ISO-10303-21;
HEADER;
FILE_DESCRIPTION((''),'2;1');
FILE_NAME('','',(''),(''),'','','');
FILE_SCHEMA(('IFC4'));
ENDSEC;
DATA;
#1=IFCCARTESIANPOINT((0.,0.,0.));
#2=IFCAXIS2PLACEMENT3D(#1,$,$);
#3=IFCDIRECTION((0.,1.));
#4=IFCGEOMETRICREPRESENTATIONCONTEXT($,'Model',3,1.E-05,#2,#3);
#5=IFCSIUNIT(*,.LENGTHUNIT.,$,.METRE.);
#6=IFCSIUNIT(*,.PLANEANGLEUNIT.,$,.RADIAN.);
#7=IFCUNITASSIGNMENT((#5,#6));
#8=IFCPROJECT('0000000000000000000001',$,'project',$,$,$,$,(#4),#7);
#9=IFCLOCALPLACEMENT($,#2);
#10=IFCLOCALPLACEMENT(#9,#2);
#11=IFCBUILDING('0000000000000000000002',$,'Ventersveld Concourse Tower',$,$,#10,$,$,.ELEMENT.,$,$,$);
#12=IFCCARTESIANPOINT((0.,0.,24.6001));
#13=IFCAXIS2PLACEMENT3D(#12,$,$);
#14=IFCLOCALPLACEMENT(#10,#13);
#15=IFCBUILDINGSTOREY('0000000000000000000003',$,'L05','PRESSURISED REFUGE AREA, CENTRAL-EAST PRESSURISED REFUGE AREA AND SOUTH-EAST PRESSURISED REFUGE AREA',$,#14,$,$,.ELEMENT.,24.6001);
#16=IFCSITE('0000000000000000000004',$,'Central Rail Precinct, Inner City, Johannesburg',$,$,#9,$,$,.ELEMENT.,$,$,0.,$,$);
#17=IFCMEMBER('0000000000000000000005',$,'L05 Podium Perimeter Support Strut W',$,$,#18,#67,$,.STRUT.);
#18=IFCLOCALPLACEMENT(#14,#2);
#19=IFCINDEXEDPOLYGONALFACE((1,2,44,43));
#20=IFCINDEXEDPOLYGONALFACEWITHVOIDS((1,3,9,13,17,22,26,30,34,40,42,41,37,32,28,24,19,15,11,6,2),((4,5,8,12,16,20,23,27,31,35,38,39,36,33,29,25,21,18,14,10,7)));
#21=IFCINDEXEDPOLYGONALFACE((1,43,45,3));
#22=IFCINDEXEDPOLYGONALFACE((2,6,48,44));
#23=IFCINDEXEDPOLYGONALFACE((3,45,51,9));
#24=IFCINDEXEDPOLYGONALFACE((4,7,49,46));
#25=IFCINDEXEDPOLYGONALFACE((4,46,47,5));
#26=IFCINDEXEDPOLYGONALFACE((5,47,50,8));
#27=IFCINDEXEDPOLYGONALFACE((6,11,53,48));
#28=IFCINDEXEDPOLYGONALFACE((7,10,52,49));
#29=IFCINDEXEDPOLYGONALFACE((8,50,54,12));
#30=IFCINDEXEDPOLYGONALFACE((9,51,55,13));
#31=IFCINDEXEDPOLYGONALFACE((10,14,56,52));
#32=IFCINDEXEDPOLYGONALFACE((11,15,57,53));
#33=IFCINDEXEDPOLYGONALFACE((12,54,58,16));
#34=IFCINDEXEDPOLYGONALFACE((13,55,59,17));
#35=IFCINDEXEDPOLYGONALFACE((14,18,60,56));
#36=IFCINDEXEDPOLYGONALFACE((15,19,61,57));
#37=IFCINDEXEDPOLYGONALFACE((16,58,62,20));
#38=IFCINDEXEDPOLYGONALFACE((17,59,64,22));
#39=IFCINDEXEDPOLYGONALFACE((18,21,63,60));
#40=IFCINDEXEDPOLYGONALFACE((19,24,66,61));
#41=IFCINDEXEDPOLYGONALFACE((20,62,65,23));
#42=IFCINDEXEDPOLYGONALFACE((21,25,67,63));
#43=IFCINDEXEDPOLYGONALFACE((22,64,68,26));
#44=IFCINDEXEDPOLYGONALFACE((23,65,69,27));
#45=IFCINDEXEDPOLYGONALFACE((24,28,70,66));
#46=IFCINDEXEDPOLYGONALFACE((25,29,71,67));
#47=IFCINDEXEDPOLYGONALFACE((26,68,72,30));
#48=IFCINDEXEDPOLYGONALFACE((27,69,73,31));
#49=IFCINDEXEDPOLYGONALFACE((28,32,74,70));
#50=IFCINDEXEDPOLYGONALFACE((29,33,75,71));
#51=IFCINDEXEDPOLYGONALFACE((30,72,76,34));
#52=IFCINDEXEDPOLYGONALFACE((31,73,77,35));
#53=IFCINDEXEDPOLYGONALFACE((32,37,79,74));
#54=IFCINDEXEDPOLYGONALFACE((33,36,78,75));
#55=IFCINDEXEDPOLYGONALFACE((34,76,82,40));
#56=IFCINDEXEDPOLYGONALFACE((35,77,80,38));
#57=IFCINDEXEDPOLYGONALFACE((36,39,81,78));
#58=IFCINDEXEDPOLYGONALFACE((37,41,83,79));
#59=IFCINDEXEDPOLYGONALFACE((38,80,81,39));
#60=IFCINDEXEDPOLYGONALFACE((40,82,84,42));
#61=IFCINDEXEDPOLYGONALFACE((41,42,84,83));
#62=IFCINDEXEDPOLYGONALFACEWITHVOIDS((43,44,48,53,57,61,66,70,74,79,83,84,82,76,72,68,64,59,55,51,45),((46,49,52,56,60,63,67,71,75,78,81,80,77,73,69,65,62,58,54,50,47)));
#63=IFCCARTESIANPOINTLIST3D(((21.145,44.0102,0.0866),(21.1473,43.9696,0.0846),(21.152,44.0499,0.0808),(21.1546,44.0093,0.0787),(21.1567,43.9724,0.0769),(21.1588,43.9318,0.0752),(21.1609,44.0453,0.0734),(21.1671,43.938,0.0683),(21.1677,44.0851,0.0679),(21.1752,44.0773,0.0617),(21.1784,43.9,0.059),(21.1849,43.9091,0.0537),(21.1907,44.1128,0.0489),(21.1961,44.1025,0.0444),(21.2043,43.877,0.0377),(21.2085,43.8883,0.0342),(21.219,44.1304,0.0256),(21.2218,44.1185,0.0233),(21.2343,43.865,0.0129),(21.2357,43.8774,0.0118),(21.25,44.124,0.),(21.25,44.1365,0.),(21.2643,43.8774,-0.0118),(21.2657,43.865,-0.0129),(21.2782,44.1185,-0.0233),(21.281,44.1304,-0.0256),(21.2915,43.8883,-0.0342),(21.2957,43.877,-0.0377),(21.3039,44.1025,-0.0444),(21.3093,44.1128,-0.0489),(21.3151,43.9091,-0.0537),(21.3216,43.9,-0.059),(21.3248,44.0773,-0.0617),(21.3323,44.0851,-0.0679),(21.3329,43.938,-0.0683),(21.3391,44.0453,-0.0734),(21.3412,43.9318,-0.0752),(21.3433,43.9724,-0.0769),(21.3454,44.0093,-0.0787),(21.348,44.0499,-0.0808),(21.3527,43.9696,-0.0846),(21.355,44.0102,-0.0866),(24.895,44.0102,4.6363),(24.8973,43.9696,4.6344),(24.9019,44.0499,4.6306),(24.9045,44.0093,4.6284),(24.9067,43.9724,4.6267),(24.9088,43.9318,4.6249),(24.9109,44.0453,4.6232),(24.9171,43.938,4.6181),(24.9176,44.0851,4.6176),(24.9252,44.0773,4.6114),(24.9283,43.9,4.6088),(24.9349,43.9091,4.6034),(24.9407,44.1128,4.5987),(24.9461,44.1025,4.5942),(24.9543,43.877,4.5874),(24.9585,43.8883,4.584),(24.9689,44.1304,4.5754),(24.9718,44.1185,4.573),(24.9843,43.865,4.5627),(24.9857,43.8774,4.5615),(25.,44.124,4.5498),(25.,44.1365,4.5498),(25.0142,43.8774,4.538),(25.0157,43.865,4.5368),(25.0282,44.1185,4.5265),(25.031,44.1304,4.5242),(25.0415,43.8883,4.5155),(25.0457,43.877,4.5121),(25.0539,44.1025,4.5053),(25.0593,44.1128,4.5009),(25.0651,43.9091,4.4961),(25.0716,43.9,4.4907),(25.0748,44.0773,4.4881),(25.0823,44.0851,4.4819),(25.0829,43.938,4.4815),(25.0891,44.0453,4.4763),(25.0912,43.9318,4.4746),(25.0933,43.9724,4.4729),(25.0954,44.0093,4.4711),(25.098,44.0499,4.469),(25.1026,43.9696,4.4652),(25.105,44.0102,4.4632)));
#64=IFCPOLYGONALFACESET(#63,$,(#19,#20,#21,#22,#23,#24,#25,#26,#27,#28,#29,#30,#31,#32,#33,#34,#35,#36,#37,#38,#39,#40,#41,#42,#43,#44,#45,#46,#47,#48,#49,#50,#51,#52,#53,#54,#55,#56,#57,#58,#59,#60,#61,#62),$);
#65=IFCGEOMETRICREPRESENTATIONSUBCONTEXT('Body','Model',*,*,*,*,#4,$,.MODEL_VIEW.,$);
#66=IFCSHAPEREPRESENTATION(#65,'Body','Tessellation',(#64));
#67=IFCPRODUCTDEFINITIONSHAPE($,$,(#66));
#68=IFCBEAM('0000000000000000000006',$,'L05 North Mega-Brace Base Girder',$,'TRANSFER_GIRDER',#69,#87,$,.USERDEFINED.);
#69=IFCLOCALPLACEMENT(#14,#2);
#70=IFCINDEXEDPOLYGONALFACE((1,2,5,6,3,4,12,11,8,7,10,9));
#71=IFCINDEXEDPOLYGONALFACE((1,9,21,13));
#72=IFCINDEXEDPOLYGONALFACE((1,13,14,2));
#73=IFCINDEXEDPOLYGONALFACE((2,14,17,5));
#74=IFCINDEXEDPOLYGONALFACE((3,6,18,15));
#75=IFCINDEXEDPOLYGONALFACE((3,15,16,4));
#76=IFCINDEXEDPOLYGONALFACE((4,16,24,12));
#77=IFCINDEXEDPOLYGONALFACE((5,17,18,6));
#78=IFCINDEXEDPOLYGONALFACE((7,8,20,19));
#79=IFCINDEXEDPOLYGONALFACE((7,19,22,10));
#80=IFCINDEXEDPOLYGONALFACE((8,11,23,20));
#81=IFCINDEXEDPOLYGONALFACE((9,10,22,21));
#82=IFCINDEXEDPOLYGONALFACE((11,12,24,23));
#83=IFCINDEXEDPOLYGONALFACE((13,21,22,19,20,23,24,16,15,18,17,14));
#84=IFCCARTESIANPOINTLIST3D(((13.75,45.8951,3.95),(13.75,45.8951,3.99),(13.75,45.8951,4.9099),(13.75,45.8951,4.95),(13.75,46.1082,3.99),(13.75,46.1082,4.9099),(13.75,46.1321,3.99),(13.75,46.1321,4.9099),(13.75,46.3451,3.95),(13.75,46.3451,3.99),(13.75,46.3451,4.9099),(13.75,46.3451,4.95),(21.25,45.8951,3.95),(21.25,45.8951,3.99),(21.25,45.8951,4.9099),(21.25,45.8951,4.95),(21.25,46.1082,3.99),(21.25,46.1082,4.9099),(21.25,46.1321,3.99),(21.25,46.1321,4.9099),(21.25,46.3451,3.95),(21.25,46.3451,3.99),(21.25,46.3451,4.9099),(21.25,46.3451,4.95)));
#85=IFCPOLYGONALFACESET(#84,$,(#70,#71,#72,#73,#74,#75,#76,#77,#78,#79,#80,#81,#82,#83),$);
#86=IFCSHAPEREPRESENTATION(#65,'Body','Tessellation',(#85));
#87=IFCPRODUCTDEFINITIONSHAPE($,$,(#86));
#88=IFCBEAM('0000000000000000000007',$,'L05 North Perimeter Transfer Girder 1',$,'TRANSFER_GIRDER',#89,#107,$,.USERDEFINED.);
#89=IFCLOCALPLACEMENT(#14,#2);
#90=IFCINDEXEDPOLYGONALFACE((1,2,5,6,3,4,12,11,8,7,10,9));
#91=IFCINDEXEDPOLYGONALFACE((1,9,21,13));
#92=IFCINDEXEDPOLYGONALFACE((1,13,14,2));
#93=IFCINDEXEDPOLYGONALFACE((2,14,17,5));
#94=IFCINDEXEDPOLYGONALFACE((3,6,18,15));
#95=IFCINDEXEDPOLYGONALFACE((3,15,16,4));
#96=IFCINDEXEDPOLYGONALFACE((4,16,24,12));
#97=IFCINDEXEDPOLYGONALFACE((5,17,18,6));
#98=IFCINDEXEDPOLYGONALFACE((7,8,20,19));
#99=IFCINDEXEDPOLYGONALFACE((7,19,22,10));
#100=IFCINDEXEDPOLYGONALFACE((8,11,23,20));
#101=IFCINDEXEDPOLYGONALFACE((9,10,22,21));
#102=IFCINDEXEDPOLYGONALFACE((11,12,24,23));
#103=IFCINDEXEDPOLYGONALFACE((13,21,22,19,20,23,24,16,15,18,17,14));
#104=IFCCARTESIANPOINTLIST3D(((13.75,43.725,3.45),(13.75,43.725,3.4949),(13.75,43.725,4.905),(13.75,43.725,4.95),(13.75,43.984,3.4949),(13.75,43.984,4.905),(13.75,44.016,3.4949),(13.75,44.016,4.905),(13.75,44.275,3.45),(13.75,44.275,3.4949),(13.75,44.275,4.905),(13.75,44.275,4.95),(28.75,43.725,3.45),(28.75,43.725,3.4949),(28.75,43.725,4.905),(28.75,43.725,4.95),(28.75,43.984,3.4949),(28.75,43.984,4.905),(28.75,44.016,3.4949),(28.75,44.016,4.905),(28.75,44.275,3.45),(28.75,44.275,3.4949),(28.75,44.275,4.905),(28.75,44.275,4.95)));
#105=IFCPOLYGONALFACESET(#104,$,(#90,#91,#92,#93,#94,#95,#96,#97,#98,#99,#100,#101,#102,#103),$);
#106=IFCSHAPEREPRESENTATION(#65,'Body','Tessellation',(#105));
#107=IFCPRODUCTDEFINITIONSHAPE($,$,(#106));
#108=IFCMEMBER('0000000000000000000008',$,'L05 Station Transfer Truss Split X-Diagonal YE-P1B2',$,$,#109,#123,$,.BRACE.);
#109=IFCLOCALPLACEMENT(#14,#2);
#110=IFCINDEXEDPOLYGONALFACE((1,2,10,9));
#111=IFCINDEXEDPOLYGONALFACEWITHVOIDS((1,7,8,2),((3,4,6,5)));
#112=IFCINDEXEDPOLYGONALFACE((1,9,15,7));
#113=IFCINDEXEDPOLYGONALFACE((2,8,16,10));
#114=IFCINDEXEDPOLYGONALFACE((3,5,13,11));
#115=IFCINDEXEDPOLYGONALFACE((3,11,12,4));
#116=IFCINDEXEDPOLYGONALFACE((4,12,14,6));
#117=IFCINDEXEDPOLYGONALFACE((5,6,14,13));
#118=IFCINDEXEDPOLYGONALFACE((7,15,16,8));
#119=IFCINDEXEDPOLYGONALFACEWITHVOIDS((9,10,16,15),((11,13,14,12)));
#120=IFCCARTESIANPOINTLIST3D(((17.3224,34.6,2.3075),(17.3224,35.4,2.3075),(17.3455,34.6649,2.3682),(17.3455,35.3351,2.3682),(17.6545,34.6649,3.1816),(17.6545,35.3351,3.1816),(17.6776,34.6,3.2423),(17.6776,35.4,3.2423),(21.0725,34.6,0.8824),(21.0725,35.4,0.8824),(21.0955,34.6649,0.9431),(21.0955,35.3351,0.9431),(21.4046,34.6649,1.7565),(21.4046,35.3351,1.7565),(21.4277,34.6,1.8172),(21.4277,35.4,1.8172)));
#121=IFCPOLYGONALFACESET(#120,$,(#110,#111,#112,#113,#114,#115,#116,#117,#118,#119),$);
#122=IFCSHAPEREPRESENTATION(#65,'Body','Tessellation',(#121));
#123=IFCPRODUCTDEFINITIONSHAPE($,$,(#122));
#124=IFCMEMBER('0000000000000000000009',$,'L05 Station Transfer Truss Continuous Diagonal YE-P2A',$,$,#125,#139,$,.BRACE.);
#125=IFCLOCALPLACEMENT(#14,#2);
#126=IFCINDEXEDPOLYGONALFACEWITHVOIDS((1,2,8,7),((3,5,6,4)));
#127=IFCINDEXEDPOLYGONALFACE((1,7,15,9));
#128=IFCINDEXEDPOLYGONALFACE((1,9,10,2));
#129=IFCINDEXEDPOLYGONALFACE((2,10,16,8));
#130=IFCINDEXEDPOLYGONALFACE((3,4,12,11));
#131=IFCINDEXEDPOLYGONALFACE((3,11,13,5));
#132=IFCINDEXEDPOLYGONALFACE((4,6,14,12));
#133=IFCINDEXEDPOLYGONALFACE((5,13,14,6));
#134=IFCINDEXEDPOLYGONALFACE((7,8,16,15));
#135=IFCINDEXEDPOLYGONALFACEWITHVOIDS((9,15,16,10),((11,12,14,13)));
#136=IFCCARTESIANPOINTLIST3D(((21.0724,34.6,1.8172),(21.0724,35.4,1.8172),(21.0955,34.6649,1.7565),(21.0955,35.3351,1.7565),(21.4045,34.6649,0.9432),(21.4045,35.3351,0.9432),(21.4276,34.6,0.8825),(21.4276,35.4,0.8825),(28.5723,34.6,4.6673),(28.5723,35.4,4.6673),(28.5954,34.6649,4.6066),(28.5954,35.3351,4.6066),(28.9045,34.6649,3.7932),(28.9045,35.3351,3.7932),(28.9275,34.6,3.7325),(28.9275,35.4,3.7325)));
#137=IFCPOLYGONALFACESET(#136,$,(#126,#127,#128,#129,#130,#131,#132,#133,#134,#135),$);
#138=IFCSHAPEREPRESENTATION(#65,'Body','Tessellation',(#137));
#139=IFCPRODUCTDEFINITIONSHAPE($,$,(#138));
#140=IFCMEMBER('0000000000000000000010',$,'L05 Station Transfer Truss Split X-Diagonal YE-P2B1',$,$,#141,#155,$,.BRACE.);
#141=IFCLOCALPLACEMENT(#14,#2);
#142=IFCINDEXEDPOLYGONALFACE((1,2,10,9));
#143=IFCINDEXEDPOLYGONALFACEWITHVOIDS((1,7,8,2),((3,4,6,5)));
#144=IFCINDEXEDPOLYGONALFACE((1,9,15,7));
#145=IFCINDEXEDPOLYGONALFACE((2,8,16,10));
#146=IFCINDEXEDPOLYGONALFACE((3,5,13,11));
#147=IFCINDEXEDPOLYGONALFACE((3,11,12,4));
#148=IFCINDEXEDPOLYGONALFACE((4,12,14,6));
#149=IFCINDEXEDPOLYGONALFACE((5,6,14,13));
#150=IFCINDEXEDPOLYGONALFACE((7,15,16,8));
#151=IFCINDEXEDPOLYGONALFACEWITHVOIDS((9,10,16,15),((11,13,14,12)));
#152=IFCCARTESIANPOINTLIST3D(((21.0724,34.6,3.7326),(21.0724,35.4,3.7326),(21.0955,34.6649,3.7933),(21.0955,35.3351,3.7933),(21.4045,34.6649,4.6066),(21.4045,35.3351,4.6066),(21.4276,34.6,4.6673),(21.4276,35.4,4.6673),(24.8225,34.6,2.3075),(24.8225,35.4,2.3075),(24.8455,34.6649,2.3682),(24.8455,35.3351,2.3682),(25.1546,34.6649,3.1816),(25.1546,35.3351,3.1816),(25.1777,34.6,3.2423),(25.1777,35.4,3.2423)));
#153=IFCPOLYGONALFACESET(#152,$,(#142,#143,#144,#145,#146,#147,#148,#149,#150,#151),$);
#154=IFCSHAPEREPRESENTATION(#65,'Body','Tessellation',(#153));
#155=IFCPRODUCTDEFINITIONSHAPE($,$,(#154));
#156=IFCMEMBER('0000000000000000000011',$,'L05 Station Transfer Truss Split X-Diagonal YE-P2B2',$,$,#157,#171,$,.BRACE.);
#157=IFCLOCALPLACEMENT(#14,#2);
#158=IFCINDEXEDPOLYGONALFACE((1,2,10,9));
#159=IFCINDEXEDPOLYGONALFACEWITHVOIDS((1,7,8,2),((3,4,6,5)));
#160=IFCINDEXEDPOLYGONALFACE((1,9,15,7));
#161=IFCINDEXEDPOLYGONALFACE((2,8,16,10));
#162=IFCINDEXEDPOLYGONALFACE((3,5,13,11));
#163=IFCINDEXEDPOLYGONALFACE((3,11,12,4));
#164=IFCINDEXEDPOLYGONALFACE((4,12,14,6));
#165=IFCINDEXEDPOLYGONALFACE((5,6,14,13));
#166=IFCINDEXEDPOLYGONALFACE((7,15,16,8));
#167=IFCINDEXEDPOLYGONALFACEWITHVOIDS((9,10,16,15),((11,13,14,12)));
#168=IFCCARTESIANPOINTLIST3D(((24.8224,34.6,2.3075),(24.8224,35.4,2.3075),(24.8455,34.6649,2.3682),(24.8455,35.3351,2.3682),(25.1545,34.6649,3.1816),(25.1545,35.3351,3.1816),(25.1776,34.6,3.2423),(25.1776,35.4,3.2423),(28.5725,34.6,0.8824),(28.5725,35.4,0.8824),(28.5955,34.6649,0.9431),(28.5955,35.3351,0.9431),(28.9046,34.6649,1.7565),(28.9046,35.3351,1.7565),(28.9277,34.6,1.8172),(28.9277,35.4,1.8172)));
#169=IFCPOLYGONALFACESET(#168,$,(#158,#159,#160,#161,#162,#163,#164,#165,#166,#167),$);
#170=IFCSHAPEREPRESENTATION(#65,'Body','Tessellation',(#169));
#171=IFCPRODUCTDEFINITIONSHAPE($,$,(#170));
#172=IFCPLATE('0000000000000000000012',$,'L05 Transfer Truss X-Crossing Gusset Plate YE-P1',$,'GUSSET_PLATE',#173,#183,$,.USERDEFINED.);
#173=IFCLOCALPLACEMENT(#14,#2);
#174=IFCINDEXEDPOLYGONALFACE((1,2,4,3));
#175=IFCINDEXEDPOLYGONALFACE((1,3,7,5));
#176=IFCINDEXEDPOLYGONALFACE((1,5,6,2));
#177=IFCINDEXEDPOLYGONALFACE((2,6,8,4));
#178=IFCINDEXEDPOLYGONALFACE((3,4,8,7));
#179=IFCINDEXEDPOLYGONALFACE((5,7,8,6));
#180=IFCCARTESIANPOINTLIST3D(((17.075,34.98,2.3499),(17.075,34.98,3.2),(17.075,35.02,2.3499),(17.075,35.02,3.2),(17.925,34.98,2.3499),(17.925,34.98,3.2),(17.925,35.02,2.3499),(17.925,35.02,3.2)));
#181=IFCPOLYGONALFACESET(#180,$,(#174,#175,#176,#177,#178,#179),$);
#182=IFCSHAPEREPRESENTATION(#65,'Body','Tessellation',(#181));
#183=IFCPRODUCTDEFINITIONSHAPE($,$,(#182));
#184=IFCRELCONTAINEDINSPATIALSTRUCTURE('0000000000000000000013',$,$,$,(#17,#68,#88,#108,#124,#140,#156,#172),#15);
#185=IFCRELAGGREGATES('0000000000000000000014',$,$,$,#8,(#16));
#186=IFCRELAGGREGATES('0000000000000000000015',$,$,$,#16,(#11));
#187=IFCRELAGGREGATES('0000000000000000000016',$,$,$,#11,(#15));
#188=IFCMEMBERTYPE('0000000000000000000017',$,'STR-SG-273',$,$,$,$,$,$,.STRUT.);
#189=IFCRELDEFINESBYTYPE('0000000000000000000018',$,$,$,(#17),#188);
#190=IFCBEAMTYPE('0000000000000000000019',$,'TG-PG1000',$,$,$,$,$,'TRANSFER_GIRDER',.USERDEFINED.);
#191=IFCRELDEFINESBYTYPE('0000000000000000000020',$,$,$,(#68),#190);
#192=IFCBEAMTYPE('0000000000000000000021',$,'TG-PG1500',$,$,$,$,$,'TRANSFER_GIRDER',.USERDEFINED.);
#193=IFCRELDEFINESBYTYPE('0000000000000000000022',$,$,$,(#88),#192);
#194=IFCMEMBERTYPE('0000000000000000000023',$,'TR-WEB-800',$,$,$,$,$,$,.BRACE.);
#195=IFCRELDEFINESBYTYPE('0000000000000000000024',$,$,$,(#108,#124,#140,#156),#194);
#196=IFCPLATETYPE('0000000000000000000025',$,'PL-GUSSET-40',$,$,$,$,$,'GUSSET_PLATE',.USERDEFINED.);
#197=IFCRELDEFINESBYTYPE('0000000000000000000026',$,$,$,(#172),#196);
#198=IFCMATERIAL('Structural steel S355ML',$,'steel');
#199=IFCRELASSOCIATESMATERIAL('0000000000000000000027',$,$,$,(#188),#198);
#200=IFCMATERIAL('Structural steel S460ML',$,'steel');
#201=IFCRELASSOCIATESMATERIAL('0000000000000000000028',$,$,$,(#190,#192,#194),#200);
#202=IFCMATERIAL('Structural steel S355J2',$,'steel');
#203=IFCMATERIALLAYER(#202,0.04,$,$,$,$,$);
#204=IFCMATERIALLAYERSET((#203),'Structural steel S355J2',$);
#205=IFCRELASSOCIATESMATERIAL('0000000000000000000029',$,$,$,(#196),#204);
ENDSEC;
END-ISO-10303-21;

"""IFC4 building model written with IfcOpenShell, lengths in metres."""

from ifc_helpers import new_model, si_unit, direction, frame, origin, origin_2d, place, context, subcontext, project, spatial, rectangle, hollow_rectangle, hollow_circle, i_section, extrude, material, layer, layer_set, material_profile, profile_set, type_object, element, save


model = new_model("IFC4")

# Units and contexts
model_context = context("Model", 3, precision=1e-05, world=origin(), true_north=direction((0.0, 1.0)))
body_context = subcontext(model_context, "Body", "Model", "MODEL_VIEW")
ifc_project = project(units=[si_unit("LENGTHUNIT", "METRE"), si_unit("PLANEANGLEUNIT", "RADIAN")], contexts=[model_context])

# Site, building, storey
site_placement = place(None, origin())
site = spatial("IfcSite", under=ifc_project, at=site_placement, Name="Central Rail Precinct, Inner City, Johannesburg", CompositionType="ELEMENT", RefElevation=0.0)
building_placement = place(site_placement, origin())
building = spatial("IfcBuilding", under=site, at=building_placement, Name="Ventersveld Concourse Tower", CompositionType="ELEMENT")
storey_placement = place(building_placement, frame((0.0, 0.0, 24.6001)))
storey = spatial("IfcBuildingStorey", under=building, at=storey_placement, Name="L05", Description="PRESSURISED REFUGE AREA, CENTRAL-EAST PRESSURISED REFUGE AREA AND SOUTH-EAST PRESSURISED REFUGE AREA", CompositionType="ELEMENT", Elevation=24.6001)

# Shared definitions
ifc_material_1 = material(Name="Structural steel S355ML", Category="steel")

# Shared definitions
ifc_material_2 = material(Name="Structural steel S355J2", Category="steel")

# Member
ifc_material_profile_1 = material_profile(ifc_material_1, hollow_circle(Radius=0.1365, WallThickness=0.0125, at=origin_2d()), Name="CHS 273x12.5")
ifc_profile_set_1 = profile_set([ifc_material_profile_1], Name="Structural steel S355ML")
member_type_1 = type_object("IfcMemberType", Name="STR-SG-273", PredefinedType="STRUT", material=ifc_profile_set_1)
member_1_placement = place(storey_placement, frame((21.25, 44.0, 0.0), z_axis=(0.636021, 0.0, 0.771672), x_axis=(0.0, 1.0, 0.0)))
element("IfcMember", 1, at=member_1_placement, inside=storey, type_object=member_type_1, Name="L05 Podium Perimeter Support Strut W", PredefinedType="STRUT", context=body_context, shape_type="SweptSolid", body=[
    extrude(hollow_circle(Radius=0.1365, WallThickness=0.0125, at=origin_2d()), origin(), (0.0, 0.0, 1.0), 5.896),
])

# Beams
ifc_material_3 = material(Name="Structural steel S460ML", Category="steel")
ifc_material_profile_2 = material_profile(ifc_material_3, i_section(OverallWidth=0.45, OverallDepth=1.0, WebThickness=0.0239, FlangeThickness=0.04, at=origin_2d()), Name="PG 1000x450x40")
ifc_profile_set_2 = profile_set([ifc_material_profile_2], Name="Structural steel S460ML")
beam_type_1 = type_object("IfcBeamType", Name="TG-PG1000", ElementType="TRANSFER_GIRDER", PredefinedType="USERDEFINED", material=ifc_profile_set_2)
beam_1_placement = place(storey_placement, frame((13.75, 46.1201, 4.45), z_axis=(1.0, 0.0, 0.0), x_axis=(0.0, 1.0, 0.0)))
element("IfcBeam", 2, at=beam_1_placement, inside=storey, type_object=beam_type_1, Name="L05 North Mega-Brace Base Girder", ObjectType="TRANSFER_GIRDER", PredefinedType="USERDEFINED", context=body_context, shape_type="SweptSolid", body=[
    extrude(i_section(OverallWidth=0.45, OverallDepth=1.0, WebThickness=0.0239, FlangeThickness=0.04, at=origin_2d()), origin(), (0.0, 0.0, 1.0), 7.5),
])
ifc_material_profile_3 = material_profile(ifc_material_3, i_section(OverallWidth=0.55, OverallDepth=1.5, WebThickness=0.032, FlangeThickness=0.0449, at=origin_2d()), Name="PG 1500x550x45")
ifc_profile_set_3 = profile_set([ifc_material_profile_3], Name="Structural steel S460ML")
beam_type_2 = type_object("IfcBeamType", Name="TG-PG1500", ElementType="TRANSFER_GIRDER", PredefinedType="USERDEFINED", material=ifc_profile_set_3)
beam_2_placement = place(storey_placement, frame((13.75, 44.0, 4.2), z_axis=(1.0, 0.0, 0.0), x_axis=(0.0, 1.0, 0.0)))
element("IfcBeam", 3, at=beam_2_placement, inside=storey, type_object=beam_type_2, Name="L05 North Perimeter Transfer Girder 1", ObjectType="TRANSFER_GIRDER", PredefinedType="USERDEFINED", context=body_context, shape_type="SweptSolid", body=[
    extrude(i_section(OverallWidth=0.55, OverallDepth=1.5, WebThickness=0.032, FlangeThickness=0.0449, at=origin_2d()), origin(), (0.0, 0.0, 1.0), 15.0),
])

# Members
ifc_material_profile_4 = material_profile(ifc_material_3, hollow_rectangle(XDim=0.8, YDim=1.0, WallThickness=0.0649, at=origin_2d()), Name="BOX 1000x800x65")
ifc_profile_set_4 = profile_set([ifc_material_profile_4], Name="Structural steel S460ML")
member_type_2 = type_object("IfcMemberType", Name="TR-WEB-800", PredefinedType="BRACE", material=ifc_profile_set_4)
member_2_placement = place(storey_placement, frame((17.5, 35.0, 2.7749), z_axis=(0.93478, 0.0, -0.355228), x_axis=(0.0, 1.0, 0.0)))
element("IfcMember", 4, at=member_2_placement, inside=storey, type_object=member_type_2, Name="L05 Station Transfer Truss Split X-Diagonal YE-P1B2", PredefinedType="BRACE", context=body_context, shape_type="SweptSolid", body=[
    extrude(hollow_rectangle(XDim=0.8, YDim=1.0, WallThickness=0.0649, at=origin_2d()), origin(), (0.0, 0.0, 1.0), 4.0117),
])
member_3_placement = place(storey_placement, frame((21.25, 35.0, 1.3499), z_axis=(0.93478, 0.0, 0.355228), x_axis=(0.0, 1.0, 0.0)))
element("IfcMember", 5, at=member_3_placement, inside=storey, type_object=member_type_2, Name="L05 Station Transfer Truss Continuous Diagonal YE-P2A", PredefinedType="BRACE", context=body_context, shape_type="SweptSolid", body=[
    extrude(hollow_rectangle(XDim=0.8, YDim=1.0, WallThickness=0.0649, at=origin_2d()), origin(), (0.0, 0.0, 1.0), 8.0232),
])
for number, where, z_axis, x_axis, name in (
    (6, (21.25, 35.0, 4.2), (0.93478, 0.0, -0.355228), (0.0, 1.0, 0.0), "L05 Station Transfer Truss Split X-Diagonal YE-P2B1"),
    (7, (25.0, 35.0, 2.7749), (0.93478, 0.0, -0.355228), (0.0, 1.0, 0.0), "L05 Station Transfer Truss Split X-Diagonal YE-P2B2"),
):
    element("IfcMember", number, at=place(storey_placement, frame(where, z_axis=z_axis, x_axis=x_axis)), inside=storey, type_object=member_type_2, Name=name, PredefinedType="BRACE", context=body_context, shape_type="SweptSolid", body=[
        extrude(hollow_rectangle(XDim=0.8, YDim=1.0, WallThickness=0.0649, at=origin_2d()), origin(), (0.0, 0.0, 1.0), 4.0117),
    ])

# Plate
ifc_layer_1 = layer(ifc_material_2, 0.04)
ifc_layer_set_1 = layer_set([ifc_layer_1], Name="Structural steel S355J2")
plate_type_1 = type_object("IfcPlateType", Name="PL-GUSSET-40", ElementType="GUSSET_PLATE", PredefinedType="USERDEFINED", material=ifc_layer_set_1)
for number, where, z_axis, x_axis, name in (
    (8, (17.5, 35.0, 2.3499), (0.0, 0.0, 1.0), (1.0, 0.0, 0.0), "L05 Transfer Truss X-Crossing Gusset Plate YE-P1"),
):
    element("IfcPlate", number, at=place(storey_placement, frame(where, z_axis=z_axis, x_axis=x_axis)), inside=storey, type_object=plate_type_1, Name=name, ObjectType="GUSSET_PLATE", PredefinedType="USERDEFINED", context=body_context, shape_type="SweptSolid", body=[
        extrude(rectangle(XDim=0.8501, YDim=0.04, at=origin_2d()), origin(), (0.0, 0.0, 1.0), 0.8501),
    ])

save(model, "model.ifc")
